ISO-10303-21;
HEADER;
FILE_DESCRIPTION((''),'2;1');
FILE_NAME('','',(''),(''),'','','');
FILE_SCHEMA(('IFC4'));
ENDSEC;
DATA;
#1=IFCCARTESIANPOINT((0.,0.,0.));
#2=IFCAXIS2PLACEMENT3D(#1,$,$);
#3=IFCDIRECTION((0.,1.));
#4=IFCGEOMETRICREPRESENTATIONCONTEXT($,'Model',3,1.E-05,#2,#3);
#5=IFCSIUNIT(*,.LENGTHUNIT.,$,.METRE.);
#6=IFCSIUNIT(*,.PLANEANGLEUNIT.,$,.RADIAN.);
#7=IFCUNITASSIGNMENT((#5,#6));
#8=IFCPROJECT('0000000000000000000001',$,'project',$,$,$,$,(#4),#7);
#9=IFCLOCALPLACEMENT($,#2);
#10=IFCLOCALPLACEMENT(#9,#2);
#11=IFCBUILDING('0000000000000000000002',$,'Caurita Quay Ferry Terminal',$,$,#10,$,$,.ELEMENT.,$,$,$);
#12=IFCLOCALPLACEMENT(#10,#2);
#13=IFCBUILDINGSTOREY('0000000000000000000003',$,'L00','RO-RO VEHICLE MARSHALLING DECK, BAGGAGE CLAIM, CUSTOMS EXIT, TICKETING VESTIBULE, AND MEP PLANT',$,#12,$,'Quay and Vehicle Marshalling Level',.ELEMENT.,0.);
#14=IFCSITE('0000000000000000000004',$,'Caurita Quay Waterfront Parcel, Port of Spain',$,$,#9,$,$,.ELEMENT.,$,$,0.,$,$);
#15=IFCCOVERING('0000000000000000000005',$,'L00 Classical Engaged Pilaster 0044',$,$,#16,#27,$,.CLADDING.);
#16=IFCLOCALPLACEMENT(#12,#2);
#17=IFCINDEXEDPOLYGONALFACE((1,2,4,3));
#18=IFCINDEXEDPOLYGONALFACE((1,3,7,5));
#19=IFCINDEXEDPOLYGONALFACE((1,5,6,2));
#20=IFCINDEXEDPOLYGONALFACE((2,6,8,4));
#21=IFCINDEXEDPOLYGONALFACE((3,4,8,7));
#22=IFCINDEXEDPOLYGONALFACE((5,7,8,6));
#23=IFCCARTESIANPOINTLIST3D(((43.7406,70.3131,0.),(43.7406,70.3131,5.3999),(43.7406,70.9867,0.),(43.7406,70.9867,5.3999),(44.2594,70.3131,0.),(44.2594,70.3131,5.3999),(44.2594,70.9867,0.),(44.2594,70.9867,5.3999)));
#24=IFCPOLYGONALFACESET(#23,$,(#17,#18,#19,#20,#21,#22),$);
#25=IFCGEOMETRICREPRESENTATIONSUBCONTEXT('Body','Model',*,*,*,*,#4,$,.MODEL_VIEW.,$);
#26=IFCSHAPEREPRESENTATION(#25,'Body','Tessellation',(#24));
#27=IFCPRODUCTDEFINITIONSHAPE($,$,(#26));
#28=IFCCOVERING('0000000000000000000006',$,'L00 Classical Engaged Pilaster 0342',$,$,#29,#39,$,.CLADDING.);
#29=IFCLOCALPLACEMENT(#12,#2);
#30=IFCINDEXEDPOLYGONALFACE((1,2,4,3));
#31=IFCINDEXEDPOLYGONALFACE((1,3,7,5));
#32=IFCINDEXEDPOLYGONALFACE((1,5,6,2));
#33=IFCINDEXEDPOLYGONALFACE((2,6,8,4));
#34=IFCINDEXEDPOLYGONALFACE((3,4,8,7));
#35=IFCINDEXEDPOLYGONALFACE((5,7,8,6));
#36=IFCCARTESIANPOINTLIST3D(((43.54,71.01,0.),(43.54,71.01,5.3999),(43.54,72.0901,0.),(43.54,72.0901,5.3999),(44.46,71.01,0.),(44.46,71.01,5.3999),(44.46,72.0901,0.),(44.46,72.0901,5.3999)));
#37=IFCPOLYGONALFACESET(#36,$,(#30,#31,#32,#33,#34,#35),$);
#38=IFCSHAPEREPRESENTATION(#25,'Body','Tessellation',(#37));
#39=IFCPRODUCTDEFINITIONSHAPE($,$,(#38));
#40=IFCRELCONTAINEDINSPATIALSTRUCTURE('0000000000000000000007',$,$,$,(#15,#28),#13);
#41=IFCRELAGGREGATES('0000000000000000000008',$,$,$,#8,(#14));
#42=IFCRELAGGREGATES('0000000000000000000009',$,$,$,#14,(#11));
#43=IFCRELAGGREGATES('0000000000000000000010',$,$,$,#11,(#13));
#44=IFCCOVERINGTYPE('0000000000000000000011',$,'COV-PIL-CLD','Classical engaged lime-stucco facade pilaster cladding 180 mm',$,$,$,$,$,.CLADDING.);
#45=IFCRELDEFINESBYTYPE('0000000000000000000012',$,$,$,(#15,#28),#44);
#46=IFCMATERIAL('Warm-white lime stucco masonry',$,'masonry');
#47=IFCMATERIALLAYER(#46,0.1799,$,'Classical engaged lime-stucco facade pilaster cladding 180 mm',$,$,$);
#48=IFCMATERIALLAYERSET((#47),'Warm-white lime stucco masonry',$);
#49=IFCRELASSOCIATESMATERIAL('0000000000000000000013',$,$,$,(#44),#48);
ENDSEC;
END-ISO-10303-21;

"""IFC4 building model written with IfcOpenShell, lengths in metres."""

from ifc_helpers import new_model, si_unit, direction, frame, origin, origin_2d, place, context, subcontext, project, spatial, rectangle, extrude, material, layer, layer_set, type_object, element, save


model = new_model("IFC4")

# Units and contexts
model_context = context("Model", 3, precision=1e-05, world=origin(), true_north=direction((0.0, 1.0)))
body_context = subcontext(model_context, "Body", "Model", "MODEL_VIEW")
ifc_project = project(units=[si_unit("LENGTHUNIT", "METRE"), si_unit("PLANEANGLEUNIT", "RADIAN")], contexts=[model_context])

# Site, building, storey
site_placement = place(None, origin())
site = spatial("IfcSite", under=ifc_project, at=site_placement, Name="Caurita Quay Waterfront Parcel, Port of Spain", CompositionType="ELEMENT", RefElevation=0.0)
building_placement = place(site_placement, origin())
building = spatial("IfcBuilding", under=site, at=building_placement, Name="Caurita Quay Ferry Terminal", CompositionType="ELEMENT")
storey_placement = place(building_placement, origin())
storey = spatial("IfcBuildingStorey", under=building, at=storey_placement, Name="L00", Description="RO-RO VEHICLE MARSHALLING DECK, BAGGAGE CLAIM, CUSTOMS EXIT, TICKETING VESTIBULE, AND MEP PLANT", LongName="Quay and Vehicle Marshalling Level", CompositionType="ELEMENT", Elevation=0.0)

# Shared definitions
ifc_material_1 = material(Name="Warm-white lime stucco masonry", Category="masonry")

# Coverings
ifc_layer_1 = layer(ifc_material_1, 0.1799, Name="Classical engaged lime-stucco facade pilaster cladding 180 mm")
ifc_layer_set_1 = layer_set([ifc_layer_1], Name="Warm-white lime stucco masonry")
covering_type = type_object("IfcCoveringType", Name="COV-PIL-CLD", Description="Classical engaged lime-stucco facade pilaster cladding 180 mm", PredefinedType="CLADDING", material=ifc_layer_set_1)
covering_1_placement = place(storey_placement, frame((44.0, 70.6499, 0.0), z_axis=(0.0, 0.0, 1.0), x_axis=(1.0, 0.0, 0.0)))
element("IfcCovering", 1, at=covering_1_placement, inside=storey, type_object=covering_type, Name="L00 Classical Engaged Pilaster 0044", PredefinedType="CLADDING", context=body_context, shape_type="SweptSolid", body=[
    extrude(rectangle(XDim=0.5188, YDim=0.6736, at=origin_2d()), origin(), (0.0, 0.0, 1.0), 5.3999),
])
covering_2_placement = place(storey_placement, frame((44.0, 71.55, 0.0), z_axis=(0.0, 0.0, 1.0), x_axis=(1.0, 0.0, 0.0)))
element("IfcCovering", 2, at=covering_2_placement, inside=storey, type_object=covering_type, Name="L00 Classical Engaged Pilaster 0342", PredefinedType="CLADDING", context=body_context, shape_type="SweptSolid", body=[
    extrude(rectangle(XDim=0.9199, YDim=1.0801, at=origin_2d()), origin(), (0.0, 0.0, 1.0), 5.3999),
])

save(model, "model.ifc")
